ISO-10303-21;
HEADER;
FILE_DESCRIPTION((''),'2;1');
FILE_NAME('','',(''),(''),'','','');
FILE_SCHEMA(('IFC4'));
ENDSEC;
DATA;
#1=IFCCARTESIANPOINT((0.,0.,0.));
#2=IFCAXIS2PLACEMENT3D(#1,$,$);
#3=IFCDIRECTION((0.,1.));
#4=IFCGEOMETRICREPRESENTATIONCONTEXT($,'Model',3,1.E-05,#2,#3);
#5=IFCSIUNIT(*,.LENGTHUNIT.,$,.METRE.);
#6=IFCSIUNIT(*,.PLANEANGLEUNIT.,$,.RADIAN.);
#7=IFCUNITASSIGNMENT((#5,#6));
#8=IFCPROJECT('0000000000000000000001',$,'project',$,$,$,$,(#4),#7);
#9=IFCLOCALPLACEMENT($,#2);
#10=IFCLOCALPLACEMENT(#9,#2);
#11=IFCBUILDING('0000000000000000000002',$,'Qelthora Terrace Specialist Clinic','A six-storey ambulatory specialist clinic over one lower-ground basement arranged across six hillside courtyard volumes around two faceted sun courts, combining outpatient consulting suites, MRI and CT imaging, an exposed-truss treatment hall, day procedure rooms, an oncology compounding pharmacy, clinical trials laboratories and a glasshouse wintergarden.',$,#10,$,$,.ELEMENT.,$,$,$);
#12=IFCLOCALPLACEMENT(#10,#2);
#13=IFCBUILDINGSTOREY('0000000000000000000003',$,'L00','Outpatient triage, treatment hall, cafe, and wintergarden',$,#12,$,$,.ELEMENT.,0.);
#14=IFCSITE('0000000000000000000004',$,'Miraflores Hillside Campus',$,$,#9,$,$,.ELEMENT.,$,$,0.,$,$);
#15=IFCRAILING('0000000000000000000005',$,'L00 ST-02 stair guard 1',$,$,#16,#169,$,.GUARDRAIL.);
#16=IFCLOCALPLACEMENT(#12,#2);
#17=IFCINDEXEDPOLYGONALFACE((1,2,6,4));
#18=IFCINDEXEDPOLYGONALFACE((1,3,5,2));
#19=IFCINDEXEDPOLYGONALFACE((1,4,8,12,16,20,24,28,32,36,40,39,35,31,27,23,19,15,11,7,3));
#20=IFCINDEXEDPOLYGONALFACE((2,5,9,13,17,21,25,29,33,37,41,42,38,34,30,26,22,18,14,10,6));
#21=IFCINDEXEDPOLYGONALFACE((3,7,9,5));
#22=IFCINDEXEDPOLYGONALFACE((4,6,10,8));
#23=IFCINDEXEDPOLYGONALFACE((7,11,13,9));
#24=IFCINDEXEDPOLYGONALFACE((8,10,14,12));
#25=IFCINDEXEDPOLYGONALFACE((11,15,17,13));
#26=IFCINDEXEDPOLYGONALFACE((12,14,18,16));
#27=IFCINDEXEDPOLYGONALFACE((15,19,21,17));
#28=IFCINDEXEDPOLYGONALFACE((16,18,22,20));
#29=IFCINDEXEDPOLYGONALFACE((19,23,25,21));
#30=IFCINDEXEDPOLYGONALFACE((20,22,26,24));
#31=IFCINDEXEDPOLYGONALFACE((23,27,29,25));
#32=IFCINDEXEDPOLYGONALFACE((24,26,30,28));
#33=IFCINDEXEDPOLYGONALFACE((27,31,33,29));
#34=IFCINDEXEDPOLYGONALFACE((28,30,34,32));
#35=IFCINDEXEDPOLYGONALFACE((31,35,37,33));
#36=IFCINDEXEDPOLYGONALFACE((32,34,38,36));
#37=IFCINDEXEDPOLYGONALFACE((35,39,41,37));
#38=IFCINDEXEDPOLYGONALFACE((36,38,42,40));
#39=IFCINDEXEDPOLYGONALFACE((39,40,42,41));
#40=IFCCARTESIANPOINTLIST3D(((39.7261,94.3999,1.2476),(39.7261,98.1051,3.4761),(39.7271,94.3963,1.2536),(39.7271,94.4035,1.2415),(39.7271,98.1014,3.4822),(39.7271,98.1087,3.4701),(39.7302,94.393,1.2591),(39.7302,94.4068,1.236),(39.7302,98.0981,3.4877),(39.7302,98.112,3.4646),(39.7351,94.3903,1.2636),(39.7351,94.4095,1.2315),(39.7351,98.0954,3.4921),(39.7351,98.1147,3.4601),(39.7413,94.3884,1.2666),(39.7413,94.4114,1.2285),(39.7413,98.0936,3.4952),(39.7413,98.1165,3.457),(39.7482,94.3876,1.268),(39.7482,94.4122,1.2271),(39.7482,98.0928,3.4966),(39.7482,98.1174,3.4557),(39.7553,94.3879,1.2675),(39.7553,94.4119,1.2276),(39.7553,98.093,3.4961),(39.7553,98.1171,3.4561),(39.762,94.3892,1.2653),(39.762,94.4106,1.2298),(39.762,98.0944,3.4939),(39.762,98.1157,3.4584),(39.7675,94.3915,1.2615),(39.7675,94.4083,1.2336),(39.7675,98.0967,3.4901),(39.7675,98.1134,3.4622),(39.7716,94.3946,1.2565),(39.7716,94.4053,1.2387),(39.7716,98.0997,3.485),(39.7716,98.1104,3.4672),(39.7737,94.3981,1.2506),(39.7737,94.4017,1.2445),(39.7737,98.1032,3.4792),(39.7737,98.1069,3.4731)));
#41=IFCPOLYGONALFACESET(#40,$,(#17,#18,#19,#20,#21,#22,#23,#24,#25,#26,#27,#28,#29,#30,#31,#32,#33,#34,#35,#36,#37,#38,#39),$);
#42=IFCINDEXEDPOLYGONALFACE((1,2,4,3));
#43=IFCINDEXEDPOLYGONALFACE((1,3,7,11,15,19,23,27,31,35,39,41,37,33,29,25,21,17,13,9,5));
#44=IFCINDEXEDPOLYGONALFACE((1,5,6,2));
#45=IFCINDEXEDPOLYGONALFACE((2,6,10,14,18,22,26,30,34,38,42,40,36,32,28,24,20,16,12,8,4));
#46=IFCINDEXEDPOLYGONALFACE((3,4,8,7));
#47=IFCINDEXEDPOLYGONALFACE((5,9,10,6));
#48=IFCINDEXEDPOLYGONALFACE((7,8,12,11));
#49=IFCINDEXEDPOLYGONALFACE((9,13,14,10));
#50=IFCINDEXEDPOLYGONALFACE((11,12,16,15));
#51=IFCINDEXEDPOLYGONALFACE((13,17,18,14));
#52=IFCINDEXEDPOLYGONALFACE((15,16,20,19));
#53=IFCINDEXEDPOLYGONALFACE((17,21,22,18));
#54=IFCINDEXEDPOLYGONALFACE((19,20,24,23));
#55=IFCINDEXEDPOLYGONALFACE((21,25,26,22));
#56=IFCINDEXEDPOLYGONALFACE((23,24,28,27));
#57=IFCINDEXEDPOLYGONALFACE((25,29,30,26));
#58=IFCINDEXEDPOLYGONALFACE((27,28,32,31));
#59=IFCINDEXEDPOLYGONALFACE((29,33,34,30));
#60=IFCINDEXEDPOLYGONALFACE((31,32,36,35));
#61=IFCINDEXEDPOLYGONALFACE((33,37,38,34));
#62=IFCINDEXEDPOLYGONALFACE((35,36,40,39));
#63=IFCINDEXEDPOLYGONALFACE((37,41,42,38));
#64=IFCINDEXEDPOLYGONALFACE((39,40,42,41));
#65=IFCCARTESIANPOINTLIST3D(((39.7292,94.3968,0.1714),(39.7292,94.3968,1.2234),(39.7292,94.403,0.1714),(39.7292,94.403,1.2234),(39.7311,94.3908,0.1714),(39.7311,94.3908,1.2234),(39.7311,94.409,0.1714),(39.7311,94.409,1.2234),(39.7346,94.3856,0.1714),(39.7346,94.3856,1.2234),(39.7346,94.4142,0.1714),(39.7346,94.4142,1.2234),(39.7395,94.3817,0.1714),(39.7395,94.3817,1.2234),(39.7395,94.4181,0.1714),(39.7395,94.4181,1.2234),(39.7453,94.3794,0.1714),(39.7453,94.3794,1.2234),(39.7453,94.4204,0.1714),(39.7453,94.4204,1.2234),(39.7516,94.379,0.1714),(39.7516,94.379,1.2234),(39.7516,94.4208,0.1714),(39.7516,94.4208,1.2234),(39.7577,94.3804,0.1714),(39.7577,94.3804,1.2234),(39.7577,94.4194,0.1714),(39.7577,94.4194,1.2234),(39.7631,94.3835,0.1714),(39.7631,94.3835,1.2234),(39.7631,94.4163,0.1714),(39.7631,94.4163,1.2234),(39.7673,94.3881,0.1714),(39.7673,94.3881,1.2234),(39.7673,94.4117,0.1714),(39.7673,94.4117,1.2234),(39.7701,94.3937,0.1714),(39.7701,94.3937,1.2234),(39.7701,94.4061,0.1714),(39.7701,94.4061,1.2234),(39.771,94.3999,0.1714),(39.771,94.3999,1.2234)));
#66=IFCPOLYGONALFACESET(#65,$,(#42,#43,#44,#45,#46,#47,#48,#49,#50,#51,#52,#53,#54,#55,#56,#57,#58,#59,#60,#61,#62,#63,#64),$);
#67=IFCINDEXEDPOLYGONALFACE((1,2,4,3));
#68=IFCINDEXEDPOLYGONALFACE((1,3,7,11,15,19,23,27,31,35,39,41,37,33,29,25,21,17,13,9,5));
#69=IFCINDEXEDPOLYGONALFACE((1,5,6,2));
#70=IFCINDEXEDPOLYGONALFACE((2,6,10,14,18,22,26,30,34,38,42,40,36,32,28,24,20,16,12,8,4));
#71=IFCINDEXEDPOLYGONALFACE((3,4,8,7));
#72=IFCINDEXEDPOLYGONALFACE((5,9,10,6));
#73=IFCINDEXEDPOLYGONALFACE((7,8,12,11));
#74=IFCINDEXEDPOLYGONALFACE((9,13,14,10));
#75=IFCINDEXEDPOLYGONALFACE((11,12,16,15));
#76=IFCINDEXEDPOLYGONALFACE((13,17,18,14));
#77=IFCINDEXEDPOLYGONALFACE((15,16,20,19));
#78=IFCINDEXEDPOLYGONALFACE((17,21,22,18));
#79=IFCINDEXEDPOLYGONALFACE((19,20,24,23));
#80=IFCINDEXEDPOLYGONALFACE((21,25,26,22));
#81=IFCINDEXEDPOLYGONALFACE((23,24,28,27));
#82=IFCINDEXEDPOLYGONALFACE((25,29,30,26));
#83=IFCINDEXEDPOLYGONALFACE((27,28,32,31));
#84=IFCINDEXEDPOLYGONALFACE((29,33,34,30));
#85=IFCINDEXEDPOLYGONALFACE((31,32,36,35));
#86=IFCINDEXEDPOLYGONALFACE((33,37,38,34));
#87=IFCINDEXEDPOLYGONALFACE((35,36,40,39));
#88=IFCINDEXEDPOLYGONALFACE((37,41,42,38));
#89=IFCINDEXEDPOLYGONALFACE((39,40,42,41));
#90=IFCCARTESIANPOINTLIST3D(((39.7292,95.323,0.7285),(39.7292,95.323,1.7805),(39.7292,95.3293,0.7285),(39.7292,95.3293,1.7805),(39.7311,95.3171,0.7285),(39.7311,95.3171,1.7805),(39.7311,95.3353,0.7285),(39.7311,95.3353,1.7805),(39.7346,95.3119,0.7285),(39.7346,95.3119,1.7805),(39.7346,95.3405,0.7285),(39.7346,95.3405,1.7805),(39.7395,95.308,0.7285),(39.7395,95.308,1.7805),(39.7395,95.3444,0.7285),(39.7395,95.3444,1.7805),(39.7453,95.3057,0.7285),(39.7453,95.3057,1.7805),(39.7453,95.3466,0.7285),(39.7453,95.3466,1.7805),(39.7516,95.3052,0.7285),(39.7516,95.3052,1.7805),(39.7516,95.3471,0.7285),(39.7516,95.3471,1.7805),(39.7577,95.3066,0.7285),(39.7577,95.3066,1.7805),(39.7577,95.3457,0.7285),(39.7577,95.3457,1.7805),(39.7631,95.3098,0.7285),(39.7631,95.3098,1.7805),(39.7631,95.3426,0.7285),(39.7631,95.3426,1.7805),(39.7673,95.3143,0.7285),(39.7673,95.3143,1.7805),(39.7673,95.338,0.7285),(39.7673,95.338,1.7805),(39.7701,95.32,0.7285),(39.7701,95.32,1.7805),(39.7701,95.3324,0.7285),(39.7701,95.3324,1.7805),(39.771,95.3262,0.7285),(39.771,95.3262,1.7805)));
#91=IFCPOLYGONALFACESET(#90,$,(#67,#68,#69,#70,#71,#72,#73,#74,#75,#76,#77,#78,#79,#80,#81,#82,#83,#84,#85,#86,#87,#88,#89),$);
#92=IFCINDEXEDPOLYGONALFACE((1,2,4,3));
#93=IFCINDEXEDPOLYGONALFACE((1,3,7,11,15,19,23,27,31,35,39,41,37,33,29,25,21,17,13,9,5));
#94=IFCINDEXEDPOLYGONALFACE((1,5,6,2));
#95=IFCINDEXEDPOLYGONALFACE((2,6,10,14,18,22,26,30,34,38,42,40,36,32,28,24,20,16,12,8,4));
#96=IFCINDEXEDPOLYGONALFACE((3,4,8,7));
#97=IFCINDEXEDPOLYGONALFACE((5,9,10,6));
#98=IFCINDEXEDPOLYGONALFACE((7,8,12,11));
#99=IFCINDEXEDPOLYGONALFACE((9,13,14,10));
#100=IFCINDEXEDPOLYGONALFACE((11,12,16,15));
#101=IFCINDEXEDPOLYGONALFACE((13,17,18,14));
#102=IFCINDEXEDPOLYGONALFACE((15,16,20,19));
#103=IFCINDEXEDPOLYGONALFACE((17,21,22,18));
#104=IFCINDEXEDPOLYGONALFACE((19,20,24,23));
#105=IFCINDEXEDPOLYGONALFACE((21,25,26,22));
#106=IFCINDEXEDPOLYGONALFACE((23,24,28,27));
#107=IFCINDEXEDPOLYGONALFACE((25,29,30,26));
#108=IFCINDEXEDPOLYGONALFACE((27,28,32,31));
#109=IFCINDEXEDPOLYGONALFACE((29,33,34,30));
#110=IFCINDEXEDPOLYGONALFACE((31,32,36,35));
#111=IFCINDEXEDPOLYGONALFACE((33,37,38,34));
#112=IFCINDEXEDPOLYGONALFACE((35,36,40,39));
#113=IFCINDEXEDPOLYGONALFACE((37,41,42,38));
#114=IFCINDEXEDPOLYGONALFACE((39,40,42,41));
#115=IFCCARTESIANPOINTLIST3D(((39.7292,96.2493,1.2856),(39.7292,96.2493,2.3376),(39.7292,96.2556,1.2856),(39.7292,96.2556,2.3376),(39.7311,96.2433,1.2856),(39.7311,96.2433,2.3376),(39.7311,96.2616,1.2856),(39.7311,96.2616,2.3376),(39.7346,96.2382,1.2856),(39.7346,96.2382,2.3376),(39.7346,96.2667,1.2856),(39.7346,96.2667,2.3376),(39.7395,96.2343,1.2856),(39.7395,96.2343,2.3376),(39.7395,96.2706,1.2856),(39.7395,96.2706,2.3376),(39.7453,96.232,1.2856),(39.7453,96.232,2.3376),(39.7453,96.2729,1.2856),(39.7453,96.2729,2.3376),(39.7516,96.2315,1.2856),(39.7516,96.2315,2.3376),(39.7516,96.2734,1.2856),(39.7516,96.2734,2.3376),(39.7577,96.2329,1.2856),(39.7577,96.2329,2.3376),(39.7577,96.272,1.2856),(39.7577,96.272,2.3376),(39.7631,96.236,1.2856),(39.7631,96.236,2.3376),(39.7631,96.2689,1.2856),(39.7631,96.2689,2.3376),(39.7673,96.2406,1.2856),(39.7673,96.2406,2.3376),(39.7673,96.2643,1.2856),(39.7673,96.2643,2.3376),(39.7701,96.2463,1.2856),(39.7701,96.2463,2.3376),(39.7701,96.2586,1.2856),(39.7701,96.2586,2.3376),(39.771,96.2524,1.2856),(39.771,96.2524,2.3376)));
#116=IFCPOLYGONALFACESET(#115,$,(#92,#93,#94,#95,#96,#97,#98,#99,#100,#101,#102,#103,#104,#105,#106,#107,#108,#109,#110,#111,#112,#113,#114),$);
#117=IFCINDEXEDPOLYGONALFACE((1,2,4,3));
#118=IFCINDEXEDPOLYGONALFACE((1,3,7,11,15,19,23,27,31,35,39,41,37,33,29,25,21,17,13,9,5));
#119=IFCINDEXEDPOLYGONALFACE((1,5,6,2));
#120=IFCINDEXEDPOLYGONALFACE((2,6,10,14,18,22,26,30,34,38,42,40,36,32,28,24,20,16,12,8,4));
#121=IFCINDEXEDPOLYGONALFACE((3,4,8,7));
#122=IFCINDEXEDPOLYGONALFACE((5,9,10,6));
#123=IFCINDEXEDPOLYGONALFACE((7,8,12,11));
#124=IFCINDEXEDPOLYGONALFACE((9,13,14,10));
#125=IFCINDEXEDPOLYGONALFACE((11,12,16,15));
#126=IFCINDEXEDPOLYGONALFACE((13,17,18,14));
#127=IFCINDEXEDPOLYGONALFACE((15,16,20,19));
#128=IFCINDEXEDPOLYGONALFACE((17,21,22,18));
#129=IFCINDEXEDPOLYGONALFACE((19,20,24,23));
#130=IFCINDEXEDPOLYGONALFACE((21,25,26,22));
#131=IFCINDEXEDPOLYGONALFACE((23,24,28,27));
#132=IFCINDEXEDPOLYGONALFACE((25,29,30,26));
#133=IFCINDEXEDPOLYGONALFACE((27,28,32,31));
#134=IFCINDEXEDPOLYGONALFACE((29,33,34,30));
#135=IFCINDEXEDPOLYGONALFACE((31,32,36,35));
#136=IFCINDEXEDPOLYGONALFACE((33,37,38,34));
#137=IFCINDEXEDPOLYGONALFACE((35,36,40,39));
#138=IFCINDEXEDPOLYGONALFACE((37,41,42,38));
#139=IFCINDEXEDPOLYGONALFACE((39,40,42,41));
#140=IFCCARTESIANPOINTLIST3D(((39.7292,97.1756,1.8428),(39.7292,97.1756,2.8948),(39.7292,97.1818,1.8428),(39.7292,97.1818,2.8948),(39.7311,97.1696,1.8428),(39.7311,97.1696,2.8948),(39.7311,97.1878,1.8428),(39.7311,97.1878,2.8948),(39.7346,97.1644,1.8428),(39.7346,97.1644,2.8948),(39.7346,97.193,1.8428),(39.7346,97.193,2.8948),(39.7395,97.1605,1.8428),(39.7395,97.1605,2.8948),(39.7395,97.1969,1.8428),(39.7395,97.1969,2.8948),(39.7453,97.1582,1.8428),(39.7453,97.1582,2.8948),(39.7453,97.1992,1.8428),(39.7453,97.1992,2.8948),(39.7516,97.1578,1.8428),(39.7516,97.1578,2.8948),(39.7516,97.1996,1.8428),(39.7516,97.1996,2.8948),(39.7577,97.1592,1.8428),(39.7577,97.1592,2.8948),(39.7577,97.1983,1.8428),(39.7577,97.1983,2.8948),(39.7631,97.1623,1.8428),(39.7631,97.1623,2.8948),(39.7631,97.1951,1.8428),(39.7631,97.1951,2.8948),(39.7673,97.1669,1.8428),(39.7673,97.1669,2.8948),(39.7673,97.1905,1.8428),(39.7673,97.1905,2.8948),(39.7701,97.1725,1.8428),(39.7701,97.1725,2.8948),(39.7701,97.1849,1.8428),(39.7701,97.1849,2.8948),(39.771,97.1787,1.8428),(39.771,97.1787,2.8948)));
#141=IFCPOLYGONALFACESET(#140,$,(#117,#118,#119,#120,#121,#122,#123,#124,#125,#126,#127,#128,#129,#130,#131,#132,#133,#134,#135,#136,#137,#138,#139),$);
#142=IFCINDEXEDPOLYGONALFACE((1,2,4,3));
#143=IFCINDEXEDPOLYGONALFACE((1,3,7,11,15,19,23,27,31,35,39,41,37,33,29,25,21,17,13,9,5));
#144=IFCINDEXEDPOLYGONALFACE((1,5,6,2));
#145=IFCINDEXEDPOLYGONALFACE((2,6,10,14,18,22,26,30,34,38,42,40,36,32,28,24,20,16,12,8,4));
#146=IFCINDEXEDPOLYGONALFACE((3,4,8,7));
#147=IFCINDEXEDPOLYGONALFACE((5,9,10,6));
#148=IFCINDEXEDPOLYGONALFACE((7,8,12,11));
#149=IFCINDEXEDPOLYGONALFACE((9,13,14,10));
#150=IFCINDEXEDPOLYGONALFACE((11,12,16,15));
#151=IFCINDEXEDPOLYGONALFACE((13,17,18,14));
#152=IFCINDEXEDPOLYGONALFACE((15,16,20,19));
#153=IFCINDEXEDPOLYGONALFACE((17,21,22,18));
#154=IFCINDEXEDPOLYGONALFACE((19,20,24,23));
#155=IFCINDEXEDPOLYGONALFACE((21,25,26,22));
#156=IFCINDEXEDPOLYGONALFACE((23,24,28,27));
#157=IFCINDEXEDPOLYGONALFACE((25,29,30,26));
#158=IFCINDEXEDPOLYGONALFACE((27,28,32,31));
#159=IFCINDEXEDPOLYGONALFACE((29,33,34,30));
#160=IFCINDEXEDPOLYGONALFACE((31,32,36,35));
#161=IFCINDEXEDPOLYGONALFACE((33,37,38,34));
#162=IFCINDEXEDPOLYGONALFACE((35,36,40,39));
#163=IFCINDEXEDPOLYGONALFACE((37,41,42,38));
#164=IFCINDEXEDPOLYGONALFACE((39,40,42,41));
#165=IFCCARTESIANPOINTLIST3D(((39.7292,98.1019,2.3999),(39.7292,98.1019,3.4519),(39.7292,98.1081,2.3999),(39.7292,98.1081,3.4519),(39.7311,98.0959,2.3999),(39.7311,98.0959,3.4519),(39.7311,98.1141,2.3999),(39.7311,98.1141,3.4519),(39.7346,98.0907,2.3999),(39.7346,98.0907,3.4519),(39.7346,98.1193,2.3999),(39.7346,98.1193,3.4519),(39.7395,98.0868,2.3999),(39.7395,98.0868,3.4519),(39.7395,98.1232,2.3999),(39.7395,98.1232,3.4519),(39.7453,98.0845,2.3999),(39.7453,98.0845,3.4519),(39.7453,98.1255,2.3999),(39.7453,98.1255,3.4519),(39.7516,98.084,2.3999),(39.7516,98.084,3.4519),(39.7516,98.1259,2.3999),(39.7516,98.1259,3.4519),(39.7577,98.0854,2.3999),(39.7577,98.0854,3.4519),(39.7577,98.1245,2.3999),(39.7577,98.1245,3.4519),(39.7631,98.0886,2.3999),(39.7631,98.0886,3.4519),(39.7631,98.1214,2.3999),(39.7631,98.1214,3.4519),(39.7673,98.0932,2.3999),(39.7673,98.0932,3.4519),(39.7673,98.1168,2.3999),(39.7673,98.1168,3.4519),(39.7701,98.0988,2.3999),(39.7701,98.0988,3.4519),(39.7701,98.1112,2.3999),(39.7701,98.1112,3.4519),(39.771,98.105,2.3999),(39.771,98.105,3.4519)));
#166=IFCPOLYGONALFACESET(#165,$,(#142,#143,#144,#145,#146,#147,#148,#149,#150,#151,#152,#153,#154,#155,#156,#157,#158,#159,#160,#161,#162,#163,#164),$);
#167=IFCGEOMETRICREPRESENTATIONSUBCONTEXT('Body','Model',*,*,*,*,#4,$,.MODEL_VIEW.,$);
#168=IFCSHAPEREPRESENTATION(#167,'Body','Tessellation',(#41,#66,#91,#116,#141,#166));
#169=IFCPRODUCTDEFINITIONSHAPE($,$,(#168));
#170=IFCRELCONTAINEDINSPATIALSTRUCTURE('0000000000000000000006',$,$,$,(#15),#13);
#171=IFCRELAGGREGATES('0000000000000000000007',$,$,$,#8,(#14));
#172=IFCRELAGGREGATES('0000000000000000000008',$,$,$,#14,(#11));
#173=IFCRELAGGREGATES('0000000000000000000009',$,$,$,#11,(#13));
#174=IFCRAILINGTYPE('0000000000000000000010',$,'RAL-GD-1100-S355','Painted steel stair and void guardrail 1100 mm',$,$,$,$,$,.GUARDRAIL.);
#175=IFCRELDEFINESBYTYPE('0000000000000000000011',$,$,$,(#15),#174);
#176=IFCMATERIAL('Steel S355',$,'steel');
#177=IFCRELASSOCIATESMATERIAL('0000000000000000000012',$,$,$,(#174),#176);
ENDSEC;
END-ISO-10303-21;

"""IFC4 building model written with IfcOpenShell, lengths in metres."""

from ifc_helpers import new_model, si_unit, direction, frame, origin, origin_2d, place, context, subcontext, project, spatial, circle, extrude, material, type_object, element, save


model = new_model("IFC4")

# Units and contexts
model_context = context("Model", 3, precision=1e-05, world=origin(), true_north=direction((0.0, 1.0)))
body_context = subcontext(model_context, "Body", "Model", "MODEL_VIEW")
ifc_project = project(units=[si_unit("LENGTHUNIT", "METRE"), si_unit("PLANEANGLEUNIT", "RADIAN")], contexts=[model_context])

# Site, building, storey
site_placement = place(None, origin())
site = spatial("IfcSite", under=ifc_project, at=site_placement, Name="Miraflores Hillside Campus", CompositionType="ELEMENT", RefElevation=0.0)
building_placement = place(site_placement, origin())
building = spatial("IfcBuilding", under=site, at=building_placement, Name="Qelthora Terrace Specialist Clinic", Description="A six-storey ambulatory specialist clinic over one lower-ground basement arranged across six hillside courtyard volumes around two faceted sun courts, combining outpatient consulting suites, MRI and CT imaging, an exposed-truss treatment hall, day procedure rooms, an oncology compounding pharmacy, clinical trials laboratories and a glasshouse wintergarden.", CompositionType="ELEMENT")
storey_placement = place(building_placement, origin())
storey = spatial("IfcBuildingStorey", under=building, at=storey_placement, Name="L00", Description="Outpatient triage, treatment hall, cafe, and wintergarden", CompositionType="ELEMENT", Elevation=0.0)

# Shared definitions
ifc_material_1 = material(Name="Steel S355", Category="steel")

# Railing
railing_type_1 = type_object("IfcRailingType", Name="RAL-GD-1100-S355", Description="Painted steel stair and void guardrail 1100 mm", PredefinedType="GUARDRAIL", material=ifc_material_1)
railing_1_placement = place(storey_placement, frame((39.75, 94.3999, 0.1714)))
element("IfcRailing", 1, at=railing_1_placement, inside=storey, type_object=railing_type_1, Name="L00 ST-02 stair guard 1", PredefinedType="GUARDRAIL", context=body_context, shape_type="SweptSolid", body=[
    extrude(circle(Radius=0.0239, at=origin_2d()), frame((0.0, 0.0, 1.0762), z_axis=(0.0, 0.856934, 0.515425), x_axis=(-1.0, 0.0, 0.0)), (0.0, 0.0, 1.0), 4.3237),
    extrude(circle(Radius=0.021, at=origin_2d()), origin(), (0.0, 0.0, 1.0), 1.052),
    extrude(circle(Radius=0.021, at=origin_2d()), frame((0.0, 0.9263, 0.5571)), (0.0, 0.0, 1.0), 1.052),
    extrude(circle(Radius=0.021, at=origin_2d()), frame((0.0, 1.8525, 1.1143)), (0.0, 0.0, 1.0), 1.052),
    extrude(circle(Radius=0.021, at=origin_2d()), frame((0.0, 2.7788, 1.6714)), (0.0, 0.0, 1.0), 1.052),
    extrude(circle(Radius=0.021, at=origin_2d()), frame((0.0, 3.7051, 2.2285)), (0.0, 0.0, 1.0), 1.052),
])

save(model, "model.ifc")
